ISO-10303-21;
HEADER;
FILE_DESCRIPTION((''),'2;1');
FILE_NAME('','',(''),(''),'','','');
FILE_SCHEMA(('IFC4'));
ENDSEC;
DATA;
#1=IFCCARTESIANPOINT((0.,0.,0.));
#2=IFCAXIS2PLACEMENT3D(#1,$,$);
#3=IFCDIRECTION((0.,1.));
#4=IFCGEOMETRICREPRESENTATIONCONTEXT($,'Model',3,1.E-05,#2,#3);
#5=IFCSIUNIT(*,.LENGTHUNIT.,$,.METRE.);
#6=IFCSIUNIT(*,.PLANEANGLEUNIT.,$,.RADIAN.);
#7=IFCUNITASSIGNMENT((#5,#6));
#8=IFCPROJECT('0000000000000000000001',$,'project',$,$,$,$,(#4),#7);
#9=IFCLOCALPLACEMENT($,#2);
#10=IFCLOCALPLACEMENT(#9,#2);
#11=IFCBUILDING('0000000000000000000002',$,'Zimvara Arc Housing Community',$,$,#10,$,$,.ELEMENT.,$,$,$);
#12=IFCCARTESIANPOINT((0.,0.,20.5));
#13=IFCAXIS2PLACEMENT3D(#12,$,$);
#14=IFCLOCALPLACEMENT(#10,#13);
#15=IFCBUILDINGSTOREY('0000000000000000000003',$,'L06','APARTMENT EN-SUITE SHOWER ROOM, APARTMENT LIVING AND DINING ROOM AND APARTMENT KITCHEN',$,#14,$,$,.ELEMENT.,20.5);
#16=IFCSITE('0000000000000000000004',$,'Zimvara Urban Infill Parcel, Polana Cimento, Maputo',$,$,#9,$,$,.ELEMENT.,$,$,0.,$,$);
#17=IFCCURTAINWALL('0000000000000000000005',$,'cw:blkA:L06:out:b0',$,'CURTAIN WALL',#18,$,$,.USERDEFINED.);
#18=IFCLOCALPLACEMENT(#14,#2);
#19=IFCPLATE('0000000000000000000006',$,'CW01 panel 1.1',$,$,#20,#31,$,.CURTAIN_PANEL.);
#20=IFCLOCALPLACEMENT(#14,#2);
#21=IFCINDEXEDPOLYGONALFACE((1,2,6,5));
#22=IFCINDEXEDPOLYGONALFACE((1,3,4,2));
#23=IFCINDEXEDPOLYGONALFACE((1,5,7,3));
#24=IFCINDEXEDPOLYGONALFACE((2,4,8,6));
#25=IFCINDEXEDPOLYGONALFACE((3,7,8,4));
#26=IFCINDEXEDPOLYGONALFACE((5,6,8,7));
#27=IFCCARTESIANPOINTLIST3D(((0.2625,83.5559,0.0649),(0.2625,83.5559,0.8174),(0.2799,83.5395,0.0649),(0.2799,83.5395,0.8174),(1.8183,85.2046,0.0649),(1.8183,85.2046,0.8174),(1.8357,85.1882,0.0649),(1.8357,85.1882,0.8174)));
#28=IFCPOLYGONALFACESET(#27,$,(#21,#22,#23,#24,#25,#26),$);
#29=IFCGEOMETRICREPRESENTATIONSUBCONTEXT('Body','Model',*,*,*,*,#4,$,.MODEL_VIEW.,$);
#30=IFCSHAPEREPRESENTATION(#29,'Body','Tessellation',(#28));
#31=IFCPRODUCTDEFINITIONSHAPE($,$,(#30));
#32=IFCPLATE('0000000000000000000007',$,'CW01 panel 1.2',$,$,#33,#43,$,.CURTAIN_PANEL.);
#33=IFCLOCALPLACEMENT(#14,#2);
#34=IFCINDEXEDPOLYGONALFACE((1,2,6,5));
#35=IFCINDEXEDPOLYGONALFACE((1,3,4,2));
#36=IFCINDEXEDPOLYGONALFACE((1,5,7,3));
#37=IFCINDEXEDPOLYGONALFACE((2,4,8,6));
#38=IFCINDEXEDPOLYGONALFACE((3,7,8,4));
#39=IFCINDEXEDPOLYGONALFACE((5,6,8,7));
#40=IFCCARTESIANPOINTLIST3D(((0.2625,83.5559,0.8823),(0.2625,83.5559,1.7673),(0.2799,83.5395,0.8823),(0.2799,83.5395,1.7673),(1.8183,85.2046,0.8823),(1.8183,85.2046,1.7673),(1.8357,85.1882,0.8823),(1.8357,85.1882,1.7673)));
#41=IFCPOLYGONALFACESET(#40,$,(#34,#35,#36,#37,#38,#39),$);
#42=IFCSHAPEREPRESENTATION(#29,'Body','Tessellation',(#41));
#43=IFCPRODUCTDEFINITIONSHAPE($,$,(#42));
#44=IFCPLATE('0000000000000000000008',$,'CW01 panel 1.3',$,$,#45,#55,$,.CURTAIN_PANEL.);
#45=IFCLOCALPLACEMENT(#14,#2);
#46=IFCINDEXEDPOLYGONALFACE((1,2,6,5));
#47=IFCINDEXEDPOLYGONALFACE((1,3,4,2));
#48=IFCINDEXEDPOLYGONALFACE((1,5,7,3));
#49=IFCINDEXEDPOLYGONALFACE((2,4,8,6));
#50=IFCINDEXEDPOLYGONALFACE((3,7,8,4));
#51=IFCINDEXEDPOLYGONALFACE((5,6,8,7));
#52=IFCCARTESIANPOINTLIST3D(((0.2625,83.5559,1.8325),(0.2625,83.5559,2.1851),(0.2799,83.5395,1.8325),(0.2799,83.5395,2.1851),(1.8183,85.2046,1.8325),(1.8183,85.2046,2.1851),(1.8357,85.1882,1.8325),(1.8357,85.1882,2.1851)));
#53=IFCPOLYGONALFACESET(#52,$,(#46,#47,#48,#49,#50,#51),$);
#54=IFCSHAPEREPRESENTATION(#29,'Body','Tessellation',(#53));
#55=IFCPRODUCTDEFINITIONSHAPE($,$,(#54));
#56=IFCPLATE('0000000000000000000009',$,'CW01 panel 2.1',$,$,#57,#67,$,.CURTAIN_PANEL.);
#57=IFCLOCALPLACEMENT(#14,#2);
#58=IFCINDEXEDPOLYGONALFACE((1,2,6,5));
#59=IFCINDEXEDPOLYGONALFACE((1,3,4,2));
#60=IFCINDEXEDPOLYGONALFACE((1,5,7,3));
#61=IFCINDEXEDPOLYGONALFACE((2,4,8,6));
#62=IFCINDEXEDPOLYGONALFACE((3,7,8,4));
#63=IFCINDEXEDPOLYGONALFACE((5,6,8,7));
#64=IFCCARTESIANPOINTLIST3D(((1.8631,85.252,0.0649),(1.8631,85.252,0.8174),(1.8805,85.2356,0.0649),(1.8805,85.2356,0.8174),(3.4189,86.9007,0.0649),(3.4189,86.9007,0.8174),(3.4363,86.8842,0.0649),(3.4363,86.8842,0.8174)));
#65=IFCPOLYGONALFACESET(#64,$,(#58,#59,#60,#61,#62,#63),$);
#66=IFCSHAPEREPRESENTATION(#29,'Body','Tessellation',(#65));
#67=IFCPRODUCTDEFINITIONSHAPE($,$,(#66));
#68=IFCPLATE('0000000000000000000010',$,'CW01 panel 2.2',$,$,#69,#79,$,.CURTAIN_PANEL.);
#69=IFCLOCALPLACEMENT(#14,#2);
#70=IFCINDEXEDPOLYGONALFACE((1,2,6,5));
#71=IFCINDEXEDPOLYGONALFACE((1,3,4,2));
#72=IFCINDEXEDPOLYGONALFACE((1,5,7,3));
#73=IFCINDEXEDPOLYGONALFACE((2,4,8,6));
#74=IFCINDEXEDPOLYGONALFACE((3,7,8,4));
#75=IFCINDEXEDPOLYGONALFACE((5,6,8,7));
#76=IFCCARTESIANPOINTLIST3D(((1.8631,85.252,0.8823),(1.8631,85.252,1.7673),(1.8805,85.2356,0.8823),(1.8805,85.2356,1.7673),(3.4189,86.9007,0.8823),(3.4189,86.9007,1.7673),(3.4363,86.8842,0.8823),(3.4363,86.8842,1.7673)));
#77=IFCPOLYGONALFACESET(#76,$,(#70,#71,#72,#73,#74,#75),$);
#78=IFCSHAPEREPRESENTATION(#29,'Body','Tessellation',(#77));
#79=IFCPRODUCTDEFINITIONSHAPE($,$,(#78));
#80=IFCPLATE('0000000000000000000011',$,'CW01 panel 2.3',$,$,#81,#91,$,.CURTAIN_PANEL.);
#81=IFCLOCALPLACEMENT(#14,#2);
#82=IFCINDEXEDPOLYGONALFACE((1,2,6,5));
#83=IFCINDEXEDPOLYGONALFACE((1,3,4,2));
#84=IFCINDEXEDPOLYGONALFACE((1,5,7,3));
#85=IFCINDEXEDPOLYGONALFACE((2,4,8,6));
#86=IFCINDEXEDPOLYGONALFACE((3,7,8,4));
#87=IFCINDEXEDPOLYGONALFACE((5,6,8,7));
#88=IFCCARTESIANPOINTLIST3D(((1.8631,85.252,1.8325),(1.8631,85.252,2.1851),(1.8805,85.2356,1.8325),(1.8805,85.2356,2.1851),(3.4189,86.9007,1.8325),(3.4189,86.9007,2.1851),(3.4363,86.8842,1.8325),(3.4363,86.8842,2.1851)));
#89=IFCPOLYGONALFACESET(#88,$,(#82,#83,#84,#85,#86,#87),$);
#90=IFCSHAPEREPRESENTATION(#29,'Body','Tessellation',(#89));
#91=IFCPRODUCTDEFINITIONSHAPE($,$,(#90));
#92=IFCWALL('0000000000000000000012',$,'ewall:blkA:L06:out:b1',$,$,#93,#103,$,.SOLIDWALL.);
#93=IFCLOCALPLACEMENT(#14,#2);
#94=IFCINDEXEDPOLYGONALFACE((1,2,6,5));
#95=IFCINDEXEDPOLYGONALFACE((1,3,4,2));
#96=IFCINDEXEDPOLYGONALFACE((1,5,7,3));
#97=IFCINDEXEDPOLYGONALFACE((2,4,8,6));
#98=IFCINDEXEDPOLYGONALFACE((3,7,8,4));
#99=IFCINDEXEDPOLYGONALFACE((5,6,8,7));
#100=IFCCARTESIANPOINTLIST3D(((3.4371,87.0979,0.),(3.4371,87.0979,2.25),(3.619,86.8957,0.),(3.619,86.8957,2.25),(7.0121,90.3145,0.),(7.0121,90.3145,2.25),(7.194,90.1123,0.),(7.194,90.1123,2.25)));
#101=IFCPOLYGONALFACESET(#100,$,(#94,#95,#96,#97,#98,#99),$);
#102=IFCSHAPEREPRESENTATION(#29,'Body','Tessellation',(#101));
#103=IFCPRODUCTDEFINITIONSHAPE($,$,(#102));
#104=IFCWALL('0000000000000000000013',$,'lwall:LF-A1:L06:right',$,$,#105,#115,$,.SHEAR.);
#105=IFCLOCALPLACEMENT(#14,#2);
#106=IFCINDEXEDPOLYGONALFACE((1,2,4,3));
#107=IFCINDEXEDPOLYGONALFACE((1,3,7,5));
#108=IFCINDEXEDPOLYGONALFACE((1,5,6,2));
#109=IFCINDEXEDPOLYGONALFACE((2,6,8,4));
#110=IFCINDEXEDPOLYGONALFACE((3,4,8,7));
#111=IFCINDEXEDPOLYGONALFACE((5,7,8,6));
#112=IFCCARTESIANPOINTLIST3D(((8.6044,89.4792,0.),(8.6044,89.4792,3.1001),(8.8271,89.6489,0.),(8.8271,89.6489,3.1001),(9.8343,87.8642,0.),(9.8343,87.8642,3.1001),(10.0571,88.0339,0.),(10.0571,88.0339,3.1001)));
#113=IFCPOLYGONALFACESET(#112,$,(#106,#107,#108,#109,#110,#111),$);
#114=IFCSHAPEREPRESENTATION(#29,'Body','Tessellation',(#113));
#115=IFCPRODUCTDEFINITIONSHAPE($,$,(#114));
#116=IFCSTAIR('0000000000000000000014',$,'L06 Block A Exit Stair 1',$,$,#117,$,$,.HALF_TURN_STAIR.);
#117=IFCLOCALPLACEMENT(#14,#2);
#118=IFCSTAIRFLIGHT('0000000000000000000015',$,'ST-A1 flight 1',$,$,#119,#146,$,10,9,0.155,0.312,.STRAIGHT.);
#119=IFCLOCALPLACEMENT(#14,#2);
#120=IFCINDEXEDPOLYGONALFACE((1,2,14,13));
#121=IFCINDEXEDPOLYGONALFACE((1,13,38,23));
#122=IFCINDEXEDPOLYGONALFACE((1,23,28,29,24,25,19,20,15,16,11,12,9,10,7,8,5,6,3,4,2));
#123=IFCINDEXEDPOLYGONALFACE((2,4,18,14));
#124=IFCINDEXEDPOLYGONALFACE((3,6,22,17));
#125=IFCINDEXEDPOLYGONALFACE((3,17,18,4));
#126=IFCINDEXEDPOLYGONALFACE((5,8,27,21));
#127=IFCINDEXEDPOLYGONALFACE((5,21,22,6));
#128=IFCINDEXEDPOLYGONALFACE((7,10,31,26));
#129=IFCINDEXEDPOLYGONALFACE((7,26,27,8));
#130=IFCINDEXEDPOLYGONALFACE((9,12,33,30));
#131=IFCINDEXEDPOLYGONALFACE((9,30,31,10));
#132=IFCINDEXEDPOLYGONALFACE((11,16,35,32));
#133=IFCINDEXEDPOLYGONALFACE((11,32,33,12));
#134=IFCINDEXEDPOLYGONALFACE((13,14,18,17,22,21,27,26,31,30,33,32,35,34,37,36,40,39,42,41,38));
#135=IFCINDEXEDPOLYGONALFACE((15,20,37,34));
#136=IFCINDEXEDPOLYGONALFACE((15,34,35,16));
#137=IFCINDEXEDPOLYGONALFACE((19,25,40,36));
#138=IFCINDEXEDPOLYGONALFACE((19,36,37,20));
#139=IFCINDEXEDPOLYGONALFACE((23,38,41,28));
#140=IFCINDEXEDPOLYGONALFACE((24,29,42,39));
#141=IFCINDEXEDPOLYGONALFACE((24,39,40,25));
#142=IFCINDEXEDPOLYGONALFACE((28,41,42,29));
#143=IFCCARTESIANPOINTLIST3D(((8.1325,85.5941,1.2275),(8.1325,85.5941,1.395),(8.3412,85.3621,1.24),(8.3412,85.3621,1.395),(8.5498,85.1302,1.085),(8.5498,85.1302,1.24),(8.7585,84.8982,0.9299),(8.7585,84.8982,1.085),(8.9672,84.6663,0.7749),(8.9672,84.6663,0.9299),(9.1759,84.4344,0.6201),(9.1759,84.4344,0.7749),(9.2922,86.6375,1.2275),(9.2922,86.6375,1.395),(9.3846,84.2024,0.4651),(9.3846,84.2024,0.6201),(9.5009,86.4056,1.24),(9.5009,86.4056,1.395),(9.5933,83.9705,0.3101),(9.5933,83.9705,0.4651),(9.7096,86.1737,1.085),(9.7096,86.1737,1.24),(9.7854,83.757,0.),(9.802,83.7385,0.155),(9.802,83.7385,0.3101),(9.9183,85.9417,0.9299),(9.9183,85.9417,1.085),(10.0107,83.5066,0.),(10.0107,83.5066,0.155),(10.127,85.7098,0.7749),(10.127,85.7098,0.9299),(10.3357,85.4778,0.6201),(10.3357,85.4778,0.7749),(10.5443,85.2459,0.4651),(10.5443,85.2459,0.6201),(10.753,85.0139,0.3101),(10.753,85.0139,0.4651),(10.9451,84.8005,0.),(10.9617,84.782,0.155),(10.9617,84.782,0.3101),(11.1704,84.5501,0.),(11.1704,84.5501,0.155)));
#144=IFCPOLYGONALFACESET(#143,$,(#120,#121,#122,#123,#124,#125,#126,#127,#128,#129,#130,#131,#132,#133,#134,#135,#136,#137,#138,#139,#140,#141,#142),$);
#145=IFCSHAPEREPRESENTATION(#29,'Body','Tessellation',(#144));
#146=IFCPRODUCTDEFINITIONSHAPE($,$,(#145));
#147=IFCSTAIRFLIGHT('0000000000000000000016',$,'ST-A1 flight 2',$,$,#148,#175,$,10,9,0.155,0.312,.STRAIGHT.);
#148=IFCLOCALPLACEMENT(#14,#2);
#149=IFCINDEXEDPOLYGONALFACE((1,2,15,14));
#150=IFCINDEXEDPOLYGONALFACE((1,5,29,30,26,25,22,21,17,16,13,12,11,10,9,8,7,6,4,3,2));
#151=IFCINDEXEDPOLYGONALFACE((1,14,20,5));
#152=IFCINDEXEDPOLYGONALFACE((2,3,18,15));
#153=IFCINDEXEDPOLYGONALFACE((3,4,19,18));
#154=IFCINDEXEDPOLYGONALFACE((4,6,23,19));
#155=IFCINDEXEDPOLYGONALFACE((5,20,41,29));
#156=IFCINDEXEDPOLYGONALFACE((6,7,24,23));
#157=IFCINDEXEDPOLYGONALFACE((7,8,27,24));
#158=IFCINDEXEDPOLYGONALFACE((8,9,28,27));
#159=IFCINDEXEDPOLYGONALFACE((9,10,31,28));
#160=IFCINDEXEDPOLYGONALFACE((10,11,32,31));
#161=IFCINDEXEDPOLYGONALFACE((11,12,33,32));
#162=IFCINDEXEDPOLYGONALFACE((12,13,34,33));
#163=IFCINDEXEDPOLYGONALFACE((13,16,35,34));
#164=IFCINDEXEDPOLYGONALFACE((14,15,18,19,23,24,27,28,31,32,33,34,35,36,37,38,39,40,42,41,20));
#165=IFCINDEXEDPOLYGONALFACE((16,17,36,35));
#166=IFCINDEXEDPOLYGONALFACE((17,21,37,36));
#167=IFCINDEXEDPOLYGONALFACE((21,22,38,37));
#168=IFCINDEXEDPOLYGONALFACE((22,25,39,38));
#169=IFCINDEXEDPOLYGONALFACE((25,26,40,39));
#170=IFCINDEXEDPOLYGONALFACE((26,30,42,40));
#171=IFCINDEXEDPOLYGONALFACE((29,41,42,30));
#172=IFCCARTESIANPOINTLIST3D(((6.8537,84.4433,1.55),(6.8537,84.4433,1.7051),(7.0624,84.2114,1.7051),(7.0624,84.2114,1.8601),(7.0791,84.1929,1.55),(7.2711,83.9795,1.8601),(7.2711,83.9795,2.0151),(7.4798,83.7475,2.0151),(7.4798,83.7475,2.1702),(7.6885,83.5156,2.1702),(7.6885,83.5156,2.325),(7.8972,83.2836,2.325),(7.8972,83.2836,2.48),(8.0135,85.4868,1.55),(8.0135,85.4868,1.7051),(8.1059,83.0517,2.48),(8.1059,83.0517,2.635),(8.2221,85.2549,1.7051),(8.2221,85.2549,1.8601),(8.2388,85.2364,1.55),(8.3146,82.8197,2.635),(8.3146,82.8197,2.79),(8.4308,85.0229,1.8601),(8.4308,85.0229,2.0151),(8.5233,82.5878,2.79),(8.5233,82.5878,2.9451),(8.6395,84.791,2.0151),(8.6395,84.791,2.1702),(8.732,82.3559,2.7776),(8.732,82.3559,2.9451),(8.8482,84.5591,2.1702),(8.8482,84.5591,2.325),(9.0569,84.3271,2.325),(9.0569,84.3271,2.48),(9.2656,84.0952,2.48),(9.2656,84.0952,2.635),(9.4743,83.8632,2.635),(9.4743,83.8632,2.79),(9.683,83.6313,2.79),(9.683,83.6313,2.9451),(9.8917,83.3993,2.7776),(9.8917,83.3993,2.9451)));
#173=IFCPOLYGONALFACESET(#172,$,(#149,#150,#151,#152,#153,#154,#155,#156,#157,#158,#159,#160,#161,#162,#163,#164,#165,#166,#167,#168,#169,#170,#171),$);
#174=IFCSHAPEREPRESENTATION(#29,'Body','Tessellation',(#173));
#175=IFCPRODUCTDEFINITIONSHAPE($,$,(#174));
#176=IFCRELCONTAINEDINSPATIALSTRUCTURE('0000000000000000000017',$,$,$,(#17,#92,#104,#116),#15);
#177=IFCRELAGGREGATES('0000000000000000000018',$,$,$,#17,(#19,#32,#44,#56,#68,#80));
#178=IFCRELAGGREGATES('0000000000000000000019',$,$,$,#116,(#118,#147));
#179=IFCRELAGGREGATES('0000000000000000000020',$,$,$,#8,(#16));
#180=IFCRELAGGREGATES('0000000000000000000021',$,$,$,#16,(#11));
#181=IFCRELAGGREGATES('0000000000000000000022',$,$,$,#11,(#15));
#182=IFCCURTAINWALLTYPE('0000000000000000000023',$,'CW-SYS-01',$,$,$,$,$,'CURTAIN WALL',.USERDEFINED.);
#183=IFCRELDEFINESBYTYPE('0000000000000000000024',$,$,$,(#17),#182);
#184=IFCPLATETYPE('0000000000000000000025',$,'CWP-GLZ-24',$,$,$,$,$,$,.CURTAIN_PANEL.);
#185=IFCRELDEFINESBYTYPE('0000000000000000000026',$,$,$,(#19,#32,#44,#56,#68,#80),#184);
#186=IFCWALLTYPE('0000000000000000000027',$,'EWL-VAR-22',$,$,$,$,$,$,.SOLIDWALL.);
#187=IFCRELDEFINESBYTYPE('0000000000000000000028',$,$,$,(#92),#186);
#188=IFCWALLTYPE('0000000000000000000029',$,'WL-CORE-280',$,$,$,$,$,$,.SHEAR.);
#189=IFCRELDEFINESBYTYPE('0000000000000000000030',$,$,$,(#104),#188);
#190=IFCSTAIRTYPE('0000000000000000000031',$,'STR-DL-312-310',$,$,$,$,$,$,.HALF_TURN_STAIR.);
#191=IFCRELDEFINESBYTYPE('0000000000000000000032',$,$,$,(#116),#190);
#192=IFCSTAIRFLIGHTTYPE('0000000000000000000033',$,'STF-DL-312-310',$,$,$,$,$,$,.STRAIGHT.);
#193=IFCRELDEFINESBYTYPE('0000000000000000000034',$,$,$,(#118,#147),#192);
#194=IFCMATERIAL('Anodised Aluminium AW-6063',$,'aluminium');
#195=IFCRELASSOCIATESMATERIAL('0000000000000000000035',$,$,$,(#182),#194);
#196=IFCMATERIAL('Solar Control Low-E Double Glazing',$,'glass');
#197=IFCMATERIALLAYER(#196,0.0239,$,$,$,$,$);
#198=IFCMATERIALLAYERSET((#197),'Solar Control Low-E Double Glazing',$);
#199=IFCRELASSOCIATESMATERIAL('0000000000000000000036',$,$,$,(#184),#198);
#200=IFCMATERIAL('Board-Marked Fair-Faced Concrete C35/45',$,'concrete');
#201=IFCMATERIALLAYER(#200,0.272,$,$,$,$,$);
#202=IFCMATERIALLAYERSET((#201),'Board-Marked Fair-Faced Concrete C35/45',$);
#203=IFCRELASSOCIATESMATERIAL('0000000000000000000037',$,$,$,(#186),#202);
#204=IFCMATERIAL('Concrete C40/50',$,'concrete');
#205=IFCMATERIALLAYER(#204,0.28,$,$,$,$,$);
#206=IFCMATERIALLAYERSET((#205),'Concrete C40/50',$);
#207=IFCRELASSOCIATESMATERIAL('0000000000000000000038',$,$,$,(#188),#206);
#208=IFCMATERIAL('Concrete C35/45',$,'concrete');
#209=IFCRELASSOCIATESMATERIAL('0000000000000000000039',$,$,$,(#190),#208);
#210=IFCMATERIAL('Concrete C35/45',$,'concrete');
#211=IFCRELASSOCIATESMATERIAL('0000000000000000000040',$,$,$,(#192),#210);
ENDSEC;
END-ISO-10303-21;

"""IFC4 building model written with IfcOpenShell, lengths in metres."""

from ifc_helpers import new_model, si_unit, direction, frame, frame_2d, origin, origin_2d, place, context, subcontext, project, spatial, polyline, rectangle, outline, extrude, material, layer, layer_set, type_object, element, aggregate, save


model = new_model("IFC4")

# Units and contexts
model_context = context("Model", 3, precision=1e-05, world=origin(), true_north=direction((0.0, 1.0)))
body_context = subcontext(model_context, "Body", "Model", "MODEL_VIEW")
ifc_project = project(units=[si_unit("LENGTHUNIT", "METRE"), si_unit("PLANEANGLEUNIT", "RADIAN")], contexts=[model_context])

# Site, building, storey
site_placement = place(None, origin())
site = spatial("IfcSite", under=ifc_project, at=site_placement, Name="Zimvara Urban Infill Parcel, Polana Cimento, Maputo", CompositionType="ELEMENT", RefElevation=0.0)
building_placement = place(site_placement, origin())
building = spatial("IfcBuilding", under=site, at=building_placement, Name="Zimvara Arc Housing Community", CompositionType="ELEMENT")
storey_placement = place(building_placement, frame((0.0, 0.0, 20.5)))
storey = spatial("IfcBuildingStorey", under=building, at=storey_placement, Name="L06", Description="APARTMENT EN-SUITE SHOWER ROOM, APARTMENT LIVING AND DINING ROOM AND APARTMENT KITCHEN", CompositionType="ELEMENT", Elevation=20.5)

# Curtain wall, plates
ifc_material_1 = material(Name="Anodised Aluminium AW-6063", Category="aluminium")
curtain_wall_type = type_object("IfcCurtainWallType", Name="CW-SYS-01", ElementType="CURTAIN WALL", PredefinedType="USERDEFINED", material=ifc_material_1)
curtain_wall_placement = place(storey_placement, origin())
curtain_wall = element("IfcCurtainWall", 1, at=curtain_wall_placement, inside=storey, type_object=curtain_wall_type, Name="cw:blkA:L06:out:b0", ObjectType="CURTAIN WALL", PredefinedType="USERDEFINED")
ifc_material_2 = material(Name="Solar Control Low-E Double Glazing", Category="glass")
ifc_layer_1 = layer(ifc_material_2, 0.0239)
ifc_layer_set_1 = layer_set([ifc_layer_1], Name="Solar Control Low-E Double Glazing")
plate_type = type_object("IfcPlateType", Name="CWP-GLZ-24", PredefinedType="CURTAIN_PANEL", material=ifc_layer_set_1)
plate_1_placement = place(storey_placement, frame((1.0491, 84.3721, 0.0649), z_axis=(0.0, 0.0, 1.0), x_axis=(0.686326, 0.727294, 0.0)))
plate_1 = element("IfcPlate", 2, at=plate_1_placement, type_object=plate_type, Name="CW01 panel 1.1", PredefinedType="CURTAIN_PANEL", context=body_context, shape_type="SweptSolid", body=[
    extrude(rectangle(XDim=2.2668, YDim=0.0239, at=origin_2d()), origin(), (0.0, 0.0, 1.0), 0.7524),
])
plate_2_placement = place(storey_placement, frame((1.0491, 84.3721, 0.8823), z_axis=(0.0, 0.0, 1.0), x_axis=(0.686326, 0.727294, 0.0)))
plate_2 = element("IfcPlate", 3, at=plate_2_placement, type_object=plate_type, Name="CW01 panel 1.2", PredefinedType="CURTAIN_PANEL", context=body_context, shape_type="SweptSolid", body=[
    extrude(rectangle(XDim=2.2668, YDim=0.0239, at=origin_2d()), origin(), (0.0, 0.0, 1.0), 0.885),
])
plate_3_placement = place(storey_placement, frame((1.0491, 84.3721, 1.8325), z_axis=(0.0, 0.0, 1.0), x_axis=(0.686326, 0.727294, 0.0)))
plate_3 = element("IfcPlate", 4, at=plate_3_placement, type_object=plate_type, Name="CW01 panel 1.3", PredefinedType="CURTAIN_PANEL", context=body_context, shape_type="SweptSolid", body=[
    extrude(rectangle(XDim=2.2668, YDim=0.0239, at=origin_2d()), origin(), (0.0, 0.0, 1.0), 0.3525),
])
plate_4_placement = place(storey_placement, frame((2.6497, 86.0681, 0.0649), z_axis=(0.0, 0.0, 1.0), x_axis=(0.686326, 0.727294, 0.0)))
plate_4 = element("IfcPlate", 5, at=plate_4_placement, type_object=plate_type, Name="CW01 panel 2.1", PredefinedType="CURTAIN_PANEL", context=body_context, shape_type="SweptSolid", body=[
    extrude(rectangle(XDim=2.2668, YDim=0.0239, at=origin_2d()), origin(), (0.0, 0.0, 1.0), 0.7524),
])
plate_5_placement = place(storey_placement, frame((2.6497, 86.0681, 0.8823), z_axis=(0.0, 0.0, 1.0), x_axis=(0.686326, 0.727294, 0.0)))
plate_5 = element("IfcPlate", 6, at=plate_5_placement, type_object=plate_type, Name="CW01 panel 2.2", PredefinedType="CURTAIN_PANEL", context=body_context, shape_type="SweptSolid", body=[
    extrude(rectangle(XDim=2.2668, YDim=0.0239, at=origin_2d()), origin(), (0.0, 0.0, 1.0), 0.885),
])
plate_6_placement = place(storey_placement, frame((2.6497, 86.0681, 1.8325), z_axis=(0.0, 0.0, 1.0), x_axis=(0.686326, 0.727294, 0.0)))
plate_6 = element("IfcPlate", 7, at=plate_6_placement, type_object=plate_type, Name="CW01 panel 2.3", PredefinedType="CURTAIN_PANEL", context=body_context, shape_type="SweptSolid", body=[
    extrude(rectangle(XDim=2.2668, YDim=0.0239, at=origin_2d()), origin(), (0.0, 0.0, 1.0), 0.3525),
])
aggregate(curtain_wall, [plate_1, plate_2, plate_3, plate_4, plate_5, plate_6])

# Walls
ifc_material_3 = material(Name="Board-Marked Fair-Faced Concrete C35/45", Category="concrete")
ifc_layer_2 = layer(ifc_material_3, 0.272)
ifc_layer_set_2 = layer_set([ifc_layer_2], Name="Board-Marked Fair-Faced Concrete C35/45")
wall_type_1 = type_object("IfcWallType", Name="EWL-VAR-22", PredefinedType="SOLIDWALL", material=ifc_layer_set_2)
wall_1_placement = place(storey_placement, frame((3.5281, 86.9968, 0.0), z_axis=(0.0, 0.0, 1.0), x_axis=(0.743388, 0.668861, 0.0)))
element("IfcWall", 8, at=wall_1_placement, inside=storey, type_object=wall_type_1, Name="ewall:blkA:L06:out:b1", PredefinedType="SOLIDWALL", context=body_context, shape_type="SweptSolid", body=[
    extrude(rectangle(XDim=4.8091, YDim=0.272, at=frame_2d((2.4045, 0.0))), origin(), (0.0, 0.0, 1.0), 2.25),
])
ifc_material_4 = material(Name="Concrete C40/50", Category="concrete")
ifc_layer_3 = layer(ifc_material_4, 0.28)
ifc_layer_set_3 = layer_set([ifc_layer_3], Name="Concrete C40/50")
wall_type_2 = type_object("IfcWallType", Name="WL-CORE-280", PredefinedType="SHEAR", material=ifc_layer_set_3)
wall_2_placement = place(storey_placement, frame((9.9458, 87.949, 0.0), z_axis=(0.0, 0.0, 1.0), x_axis=(-0.605891, 0.795548, 0.0)))
element("IfcWall", 9, at=wall_2_placement, inside=storey, type_object=wall_type_2, Name="lwall:LF-A1:L06:right", PredefinedType="SHEAR", context=body_context, shape_type="SweptSolid", body=[
    extrude(rectangle(XDim=2.03, YDim=0.28, at=frame_2d((1.0151, 0.0))), origin(), (0.0, 0.0, 1.0), 3.1001),
])

# Stair, stair flights
ifc_material_5 = material(Name="Concrete C35/45", Category="concrete")
stair_type = type_object("IfcStairType", Name="STR-DL-312-310", PredefinedType="HALF_TURN_STAIR", material=ifc_material_5)
stair_placement = place(storey_placement, origin())
stair = element("IfcStair", 10, at=stair_placement, inside=storey, type_object=stair_type, Name="L06 Block A Exit Stair 1", PredefinedType="HALF_TURN_STAIR")
ifc_material_6 = material(Name="Concrete C35/45", Category="concrete")
stair_flight_type = type_object("IfcStairFlightType", Name="STF-DL-312-310", PredefinedType="STRAIGHT", material=ifc_material_6)
stair_flight_1_placement = place(storey_placement, frame((10.5906, 84.0283, 0.0), z_axis=(0.0, 0.0, 1.0), x_axis=(-0.668871, 0.743378, 0.0)))
stair_flight_1 = element("IfcStairFlight", 11, at=stair_flight_1_placement, type_object=stair_flight_type, Name="ST-A1 flight 1", NumberOfRisers=10, NumberOfTreads=9, PredefinedType="STRAIGHT", RiserHeight=0.155, TreadLength=0.312, context=body_context, shape_type="SweptSolid", body=[
    extrude(outline(polyline([(0.0, 0.0), (0.0, 0.155), (0.312, 0.155), (0.312, 0.3101), (0.624, 0.3101), (0.624, 0.4651), (0.936, 0.4651), (0.936, 0.6201), (1.248, 0.6201), (1.248, 0.7749), (1.5601, 0.7749), (1.5601, 0.9299), (1.8721, 0.9299), (1.8721, 1.085), (2.1841, 1.085), (2.1841, 1.24), (2.4961, 1.24), (2.4961, 1.395), (2.8081, 1.395), (2.8081, 1.55), (2.8081, 1.2275), (0.3369, 0.0), (0.0, 0.0)])), frame((0.0, 0.78, 0.0), z_axis=(0.0, -1.0, 0.0), x_axis=(1.0, 0.0, 0.0)), (0.0, 0.0, 1.0), 1.5601),
])
stair_flight_2_placement = place(storey_placement, frame((7.4336, 84.9651, 1.55), z_axis=(0.0, 0.0, 1.0), x_axis=(0.668871, -0.743378, 0.0)))
stair_flight_2 = element("IfcStairFlight", 12, at=stair_flight_2_placement, type_object=stair_flight_type, Name="ST-A1 flight 2", NumberOfRisers=10, NumberOfTreads=9, PredefinedType="STRAIGHT", RiserHeight=0.155, TreadLength=0.312, context=body_context, shape_type="SweptSolid", body=[
    extrude(outline(polyline([(0.0, 0.0), (0.0, 0.155), (0.312, 0.155), (0.312, 0.3101), (0.624, 0.3101), (0.624, 0.4651), (0.936, 0.4651), (0.936, 0.6201), (1.248, 0.6201), (1.248, 0.7749), (1.5601, 0.7749), (1.5601, 0.9299), (1.8721, 0.9299), (1.8721, 1.085), (2.1841, 1.085), (2.1841, 1.24), (2.4961, 1.24), (2.4961, 1.395), (2.8081, 1.395), (2.8081, 1.55), (2.8081, 1.2275), (0.3369, 0.0), (0.0, 0.0)])), frame((0.0, 0.78, 0.0), z_axis=(0.0, -1.0, 0.0), x_axis=(1.0, 0.0, 0.0)), (0.0, 0.0, 1.0), 1.5601),
])
aggregate(stair, [stair_flight_1, stair_flight_2])

save(model, "model.ifc")
